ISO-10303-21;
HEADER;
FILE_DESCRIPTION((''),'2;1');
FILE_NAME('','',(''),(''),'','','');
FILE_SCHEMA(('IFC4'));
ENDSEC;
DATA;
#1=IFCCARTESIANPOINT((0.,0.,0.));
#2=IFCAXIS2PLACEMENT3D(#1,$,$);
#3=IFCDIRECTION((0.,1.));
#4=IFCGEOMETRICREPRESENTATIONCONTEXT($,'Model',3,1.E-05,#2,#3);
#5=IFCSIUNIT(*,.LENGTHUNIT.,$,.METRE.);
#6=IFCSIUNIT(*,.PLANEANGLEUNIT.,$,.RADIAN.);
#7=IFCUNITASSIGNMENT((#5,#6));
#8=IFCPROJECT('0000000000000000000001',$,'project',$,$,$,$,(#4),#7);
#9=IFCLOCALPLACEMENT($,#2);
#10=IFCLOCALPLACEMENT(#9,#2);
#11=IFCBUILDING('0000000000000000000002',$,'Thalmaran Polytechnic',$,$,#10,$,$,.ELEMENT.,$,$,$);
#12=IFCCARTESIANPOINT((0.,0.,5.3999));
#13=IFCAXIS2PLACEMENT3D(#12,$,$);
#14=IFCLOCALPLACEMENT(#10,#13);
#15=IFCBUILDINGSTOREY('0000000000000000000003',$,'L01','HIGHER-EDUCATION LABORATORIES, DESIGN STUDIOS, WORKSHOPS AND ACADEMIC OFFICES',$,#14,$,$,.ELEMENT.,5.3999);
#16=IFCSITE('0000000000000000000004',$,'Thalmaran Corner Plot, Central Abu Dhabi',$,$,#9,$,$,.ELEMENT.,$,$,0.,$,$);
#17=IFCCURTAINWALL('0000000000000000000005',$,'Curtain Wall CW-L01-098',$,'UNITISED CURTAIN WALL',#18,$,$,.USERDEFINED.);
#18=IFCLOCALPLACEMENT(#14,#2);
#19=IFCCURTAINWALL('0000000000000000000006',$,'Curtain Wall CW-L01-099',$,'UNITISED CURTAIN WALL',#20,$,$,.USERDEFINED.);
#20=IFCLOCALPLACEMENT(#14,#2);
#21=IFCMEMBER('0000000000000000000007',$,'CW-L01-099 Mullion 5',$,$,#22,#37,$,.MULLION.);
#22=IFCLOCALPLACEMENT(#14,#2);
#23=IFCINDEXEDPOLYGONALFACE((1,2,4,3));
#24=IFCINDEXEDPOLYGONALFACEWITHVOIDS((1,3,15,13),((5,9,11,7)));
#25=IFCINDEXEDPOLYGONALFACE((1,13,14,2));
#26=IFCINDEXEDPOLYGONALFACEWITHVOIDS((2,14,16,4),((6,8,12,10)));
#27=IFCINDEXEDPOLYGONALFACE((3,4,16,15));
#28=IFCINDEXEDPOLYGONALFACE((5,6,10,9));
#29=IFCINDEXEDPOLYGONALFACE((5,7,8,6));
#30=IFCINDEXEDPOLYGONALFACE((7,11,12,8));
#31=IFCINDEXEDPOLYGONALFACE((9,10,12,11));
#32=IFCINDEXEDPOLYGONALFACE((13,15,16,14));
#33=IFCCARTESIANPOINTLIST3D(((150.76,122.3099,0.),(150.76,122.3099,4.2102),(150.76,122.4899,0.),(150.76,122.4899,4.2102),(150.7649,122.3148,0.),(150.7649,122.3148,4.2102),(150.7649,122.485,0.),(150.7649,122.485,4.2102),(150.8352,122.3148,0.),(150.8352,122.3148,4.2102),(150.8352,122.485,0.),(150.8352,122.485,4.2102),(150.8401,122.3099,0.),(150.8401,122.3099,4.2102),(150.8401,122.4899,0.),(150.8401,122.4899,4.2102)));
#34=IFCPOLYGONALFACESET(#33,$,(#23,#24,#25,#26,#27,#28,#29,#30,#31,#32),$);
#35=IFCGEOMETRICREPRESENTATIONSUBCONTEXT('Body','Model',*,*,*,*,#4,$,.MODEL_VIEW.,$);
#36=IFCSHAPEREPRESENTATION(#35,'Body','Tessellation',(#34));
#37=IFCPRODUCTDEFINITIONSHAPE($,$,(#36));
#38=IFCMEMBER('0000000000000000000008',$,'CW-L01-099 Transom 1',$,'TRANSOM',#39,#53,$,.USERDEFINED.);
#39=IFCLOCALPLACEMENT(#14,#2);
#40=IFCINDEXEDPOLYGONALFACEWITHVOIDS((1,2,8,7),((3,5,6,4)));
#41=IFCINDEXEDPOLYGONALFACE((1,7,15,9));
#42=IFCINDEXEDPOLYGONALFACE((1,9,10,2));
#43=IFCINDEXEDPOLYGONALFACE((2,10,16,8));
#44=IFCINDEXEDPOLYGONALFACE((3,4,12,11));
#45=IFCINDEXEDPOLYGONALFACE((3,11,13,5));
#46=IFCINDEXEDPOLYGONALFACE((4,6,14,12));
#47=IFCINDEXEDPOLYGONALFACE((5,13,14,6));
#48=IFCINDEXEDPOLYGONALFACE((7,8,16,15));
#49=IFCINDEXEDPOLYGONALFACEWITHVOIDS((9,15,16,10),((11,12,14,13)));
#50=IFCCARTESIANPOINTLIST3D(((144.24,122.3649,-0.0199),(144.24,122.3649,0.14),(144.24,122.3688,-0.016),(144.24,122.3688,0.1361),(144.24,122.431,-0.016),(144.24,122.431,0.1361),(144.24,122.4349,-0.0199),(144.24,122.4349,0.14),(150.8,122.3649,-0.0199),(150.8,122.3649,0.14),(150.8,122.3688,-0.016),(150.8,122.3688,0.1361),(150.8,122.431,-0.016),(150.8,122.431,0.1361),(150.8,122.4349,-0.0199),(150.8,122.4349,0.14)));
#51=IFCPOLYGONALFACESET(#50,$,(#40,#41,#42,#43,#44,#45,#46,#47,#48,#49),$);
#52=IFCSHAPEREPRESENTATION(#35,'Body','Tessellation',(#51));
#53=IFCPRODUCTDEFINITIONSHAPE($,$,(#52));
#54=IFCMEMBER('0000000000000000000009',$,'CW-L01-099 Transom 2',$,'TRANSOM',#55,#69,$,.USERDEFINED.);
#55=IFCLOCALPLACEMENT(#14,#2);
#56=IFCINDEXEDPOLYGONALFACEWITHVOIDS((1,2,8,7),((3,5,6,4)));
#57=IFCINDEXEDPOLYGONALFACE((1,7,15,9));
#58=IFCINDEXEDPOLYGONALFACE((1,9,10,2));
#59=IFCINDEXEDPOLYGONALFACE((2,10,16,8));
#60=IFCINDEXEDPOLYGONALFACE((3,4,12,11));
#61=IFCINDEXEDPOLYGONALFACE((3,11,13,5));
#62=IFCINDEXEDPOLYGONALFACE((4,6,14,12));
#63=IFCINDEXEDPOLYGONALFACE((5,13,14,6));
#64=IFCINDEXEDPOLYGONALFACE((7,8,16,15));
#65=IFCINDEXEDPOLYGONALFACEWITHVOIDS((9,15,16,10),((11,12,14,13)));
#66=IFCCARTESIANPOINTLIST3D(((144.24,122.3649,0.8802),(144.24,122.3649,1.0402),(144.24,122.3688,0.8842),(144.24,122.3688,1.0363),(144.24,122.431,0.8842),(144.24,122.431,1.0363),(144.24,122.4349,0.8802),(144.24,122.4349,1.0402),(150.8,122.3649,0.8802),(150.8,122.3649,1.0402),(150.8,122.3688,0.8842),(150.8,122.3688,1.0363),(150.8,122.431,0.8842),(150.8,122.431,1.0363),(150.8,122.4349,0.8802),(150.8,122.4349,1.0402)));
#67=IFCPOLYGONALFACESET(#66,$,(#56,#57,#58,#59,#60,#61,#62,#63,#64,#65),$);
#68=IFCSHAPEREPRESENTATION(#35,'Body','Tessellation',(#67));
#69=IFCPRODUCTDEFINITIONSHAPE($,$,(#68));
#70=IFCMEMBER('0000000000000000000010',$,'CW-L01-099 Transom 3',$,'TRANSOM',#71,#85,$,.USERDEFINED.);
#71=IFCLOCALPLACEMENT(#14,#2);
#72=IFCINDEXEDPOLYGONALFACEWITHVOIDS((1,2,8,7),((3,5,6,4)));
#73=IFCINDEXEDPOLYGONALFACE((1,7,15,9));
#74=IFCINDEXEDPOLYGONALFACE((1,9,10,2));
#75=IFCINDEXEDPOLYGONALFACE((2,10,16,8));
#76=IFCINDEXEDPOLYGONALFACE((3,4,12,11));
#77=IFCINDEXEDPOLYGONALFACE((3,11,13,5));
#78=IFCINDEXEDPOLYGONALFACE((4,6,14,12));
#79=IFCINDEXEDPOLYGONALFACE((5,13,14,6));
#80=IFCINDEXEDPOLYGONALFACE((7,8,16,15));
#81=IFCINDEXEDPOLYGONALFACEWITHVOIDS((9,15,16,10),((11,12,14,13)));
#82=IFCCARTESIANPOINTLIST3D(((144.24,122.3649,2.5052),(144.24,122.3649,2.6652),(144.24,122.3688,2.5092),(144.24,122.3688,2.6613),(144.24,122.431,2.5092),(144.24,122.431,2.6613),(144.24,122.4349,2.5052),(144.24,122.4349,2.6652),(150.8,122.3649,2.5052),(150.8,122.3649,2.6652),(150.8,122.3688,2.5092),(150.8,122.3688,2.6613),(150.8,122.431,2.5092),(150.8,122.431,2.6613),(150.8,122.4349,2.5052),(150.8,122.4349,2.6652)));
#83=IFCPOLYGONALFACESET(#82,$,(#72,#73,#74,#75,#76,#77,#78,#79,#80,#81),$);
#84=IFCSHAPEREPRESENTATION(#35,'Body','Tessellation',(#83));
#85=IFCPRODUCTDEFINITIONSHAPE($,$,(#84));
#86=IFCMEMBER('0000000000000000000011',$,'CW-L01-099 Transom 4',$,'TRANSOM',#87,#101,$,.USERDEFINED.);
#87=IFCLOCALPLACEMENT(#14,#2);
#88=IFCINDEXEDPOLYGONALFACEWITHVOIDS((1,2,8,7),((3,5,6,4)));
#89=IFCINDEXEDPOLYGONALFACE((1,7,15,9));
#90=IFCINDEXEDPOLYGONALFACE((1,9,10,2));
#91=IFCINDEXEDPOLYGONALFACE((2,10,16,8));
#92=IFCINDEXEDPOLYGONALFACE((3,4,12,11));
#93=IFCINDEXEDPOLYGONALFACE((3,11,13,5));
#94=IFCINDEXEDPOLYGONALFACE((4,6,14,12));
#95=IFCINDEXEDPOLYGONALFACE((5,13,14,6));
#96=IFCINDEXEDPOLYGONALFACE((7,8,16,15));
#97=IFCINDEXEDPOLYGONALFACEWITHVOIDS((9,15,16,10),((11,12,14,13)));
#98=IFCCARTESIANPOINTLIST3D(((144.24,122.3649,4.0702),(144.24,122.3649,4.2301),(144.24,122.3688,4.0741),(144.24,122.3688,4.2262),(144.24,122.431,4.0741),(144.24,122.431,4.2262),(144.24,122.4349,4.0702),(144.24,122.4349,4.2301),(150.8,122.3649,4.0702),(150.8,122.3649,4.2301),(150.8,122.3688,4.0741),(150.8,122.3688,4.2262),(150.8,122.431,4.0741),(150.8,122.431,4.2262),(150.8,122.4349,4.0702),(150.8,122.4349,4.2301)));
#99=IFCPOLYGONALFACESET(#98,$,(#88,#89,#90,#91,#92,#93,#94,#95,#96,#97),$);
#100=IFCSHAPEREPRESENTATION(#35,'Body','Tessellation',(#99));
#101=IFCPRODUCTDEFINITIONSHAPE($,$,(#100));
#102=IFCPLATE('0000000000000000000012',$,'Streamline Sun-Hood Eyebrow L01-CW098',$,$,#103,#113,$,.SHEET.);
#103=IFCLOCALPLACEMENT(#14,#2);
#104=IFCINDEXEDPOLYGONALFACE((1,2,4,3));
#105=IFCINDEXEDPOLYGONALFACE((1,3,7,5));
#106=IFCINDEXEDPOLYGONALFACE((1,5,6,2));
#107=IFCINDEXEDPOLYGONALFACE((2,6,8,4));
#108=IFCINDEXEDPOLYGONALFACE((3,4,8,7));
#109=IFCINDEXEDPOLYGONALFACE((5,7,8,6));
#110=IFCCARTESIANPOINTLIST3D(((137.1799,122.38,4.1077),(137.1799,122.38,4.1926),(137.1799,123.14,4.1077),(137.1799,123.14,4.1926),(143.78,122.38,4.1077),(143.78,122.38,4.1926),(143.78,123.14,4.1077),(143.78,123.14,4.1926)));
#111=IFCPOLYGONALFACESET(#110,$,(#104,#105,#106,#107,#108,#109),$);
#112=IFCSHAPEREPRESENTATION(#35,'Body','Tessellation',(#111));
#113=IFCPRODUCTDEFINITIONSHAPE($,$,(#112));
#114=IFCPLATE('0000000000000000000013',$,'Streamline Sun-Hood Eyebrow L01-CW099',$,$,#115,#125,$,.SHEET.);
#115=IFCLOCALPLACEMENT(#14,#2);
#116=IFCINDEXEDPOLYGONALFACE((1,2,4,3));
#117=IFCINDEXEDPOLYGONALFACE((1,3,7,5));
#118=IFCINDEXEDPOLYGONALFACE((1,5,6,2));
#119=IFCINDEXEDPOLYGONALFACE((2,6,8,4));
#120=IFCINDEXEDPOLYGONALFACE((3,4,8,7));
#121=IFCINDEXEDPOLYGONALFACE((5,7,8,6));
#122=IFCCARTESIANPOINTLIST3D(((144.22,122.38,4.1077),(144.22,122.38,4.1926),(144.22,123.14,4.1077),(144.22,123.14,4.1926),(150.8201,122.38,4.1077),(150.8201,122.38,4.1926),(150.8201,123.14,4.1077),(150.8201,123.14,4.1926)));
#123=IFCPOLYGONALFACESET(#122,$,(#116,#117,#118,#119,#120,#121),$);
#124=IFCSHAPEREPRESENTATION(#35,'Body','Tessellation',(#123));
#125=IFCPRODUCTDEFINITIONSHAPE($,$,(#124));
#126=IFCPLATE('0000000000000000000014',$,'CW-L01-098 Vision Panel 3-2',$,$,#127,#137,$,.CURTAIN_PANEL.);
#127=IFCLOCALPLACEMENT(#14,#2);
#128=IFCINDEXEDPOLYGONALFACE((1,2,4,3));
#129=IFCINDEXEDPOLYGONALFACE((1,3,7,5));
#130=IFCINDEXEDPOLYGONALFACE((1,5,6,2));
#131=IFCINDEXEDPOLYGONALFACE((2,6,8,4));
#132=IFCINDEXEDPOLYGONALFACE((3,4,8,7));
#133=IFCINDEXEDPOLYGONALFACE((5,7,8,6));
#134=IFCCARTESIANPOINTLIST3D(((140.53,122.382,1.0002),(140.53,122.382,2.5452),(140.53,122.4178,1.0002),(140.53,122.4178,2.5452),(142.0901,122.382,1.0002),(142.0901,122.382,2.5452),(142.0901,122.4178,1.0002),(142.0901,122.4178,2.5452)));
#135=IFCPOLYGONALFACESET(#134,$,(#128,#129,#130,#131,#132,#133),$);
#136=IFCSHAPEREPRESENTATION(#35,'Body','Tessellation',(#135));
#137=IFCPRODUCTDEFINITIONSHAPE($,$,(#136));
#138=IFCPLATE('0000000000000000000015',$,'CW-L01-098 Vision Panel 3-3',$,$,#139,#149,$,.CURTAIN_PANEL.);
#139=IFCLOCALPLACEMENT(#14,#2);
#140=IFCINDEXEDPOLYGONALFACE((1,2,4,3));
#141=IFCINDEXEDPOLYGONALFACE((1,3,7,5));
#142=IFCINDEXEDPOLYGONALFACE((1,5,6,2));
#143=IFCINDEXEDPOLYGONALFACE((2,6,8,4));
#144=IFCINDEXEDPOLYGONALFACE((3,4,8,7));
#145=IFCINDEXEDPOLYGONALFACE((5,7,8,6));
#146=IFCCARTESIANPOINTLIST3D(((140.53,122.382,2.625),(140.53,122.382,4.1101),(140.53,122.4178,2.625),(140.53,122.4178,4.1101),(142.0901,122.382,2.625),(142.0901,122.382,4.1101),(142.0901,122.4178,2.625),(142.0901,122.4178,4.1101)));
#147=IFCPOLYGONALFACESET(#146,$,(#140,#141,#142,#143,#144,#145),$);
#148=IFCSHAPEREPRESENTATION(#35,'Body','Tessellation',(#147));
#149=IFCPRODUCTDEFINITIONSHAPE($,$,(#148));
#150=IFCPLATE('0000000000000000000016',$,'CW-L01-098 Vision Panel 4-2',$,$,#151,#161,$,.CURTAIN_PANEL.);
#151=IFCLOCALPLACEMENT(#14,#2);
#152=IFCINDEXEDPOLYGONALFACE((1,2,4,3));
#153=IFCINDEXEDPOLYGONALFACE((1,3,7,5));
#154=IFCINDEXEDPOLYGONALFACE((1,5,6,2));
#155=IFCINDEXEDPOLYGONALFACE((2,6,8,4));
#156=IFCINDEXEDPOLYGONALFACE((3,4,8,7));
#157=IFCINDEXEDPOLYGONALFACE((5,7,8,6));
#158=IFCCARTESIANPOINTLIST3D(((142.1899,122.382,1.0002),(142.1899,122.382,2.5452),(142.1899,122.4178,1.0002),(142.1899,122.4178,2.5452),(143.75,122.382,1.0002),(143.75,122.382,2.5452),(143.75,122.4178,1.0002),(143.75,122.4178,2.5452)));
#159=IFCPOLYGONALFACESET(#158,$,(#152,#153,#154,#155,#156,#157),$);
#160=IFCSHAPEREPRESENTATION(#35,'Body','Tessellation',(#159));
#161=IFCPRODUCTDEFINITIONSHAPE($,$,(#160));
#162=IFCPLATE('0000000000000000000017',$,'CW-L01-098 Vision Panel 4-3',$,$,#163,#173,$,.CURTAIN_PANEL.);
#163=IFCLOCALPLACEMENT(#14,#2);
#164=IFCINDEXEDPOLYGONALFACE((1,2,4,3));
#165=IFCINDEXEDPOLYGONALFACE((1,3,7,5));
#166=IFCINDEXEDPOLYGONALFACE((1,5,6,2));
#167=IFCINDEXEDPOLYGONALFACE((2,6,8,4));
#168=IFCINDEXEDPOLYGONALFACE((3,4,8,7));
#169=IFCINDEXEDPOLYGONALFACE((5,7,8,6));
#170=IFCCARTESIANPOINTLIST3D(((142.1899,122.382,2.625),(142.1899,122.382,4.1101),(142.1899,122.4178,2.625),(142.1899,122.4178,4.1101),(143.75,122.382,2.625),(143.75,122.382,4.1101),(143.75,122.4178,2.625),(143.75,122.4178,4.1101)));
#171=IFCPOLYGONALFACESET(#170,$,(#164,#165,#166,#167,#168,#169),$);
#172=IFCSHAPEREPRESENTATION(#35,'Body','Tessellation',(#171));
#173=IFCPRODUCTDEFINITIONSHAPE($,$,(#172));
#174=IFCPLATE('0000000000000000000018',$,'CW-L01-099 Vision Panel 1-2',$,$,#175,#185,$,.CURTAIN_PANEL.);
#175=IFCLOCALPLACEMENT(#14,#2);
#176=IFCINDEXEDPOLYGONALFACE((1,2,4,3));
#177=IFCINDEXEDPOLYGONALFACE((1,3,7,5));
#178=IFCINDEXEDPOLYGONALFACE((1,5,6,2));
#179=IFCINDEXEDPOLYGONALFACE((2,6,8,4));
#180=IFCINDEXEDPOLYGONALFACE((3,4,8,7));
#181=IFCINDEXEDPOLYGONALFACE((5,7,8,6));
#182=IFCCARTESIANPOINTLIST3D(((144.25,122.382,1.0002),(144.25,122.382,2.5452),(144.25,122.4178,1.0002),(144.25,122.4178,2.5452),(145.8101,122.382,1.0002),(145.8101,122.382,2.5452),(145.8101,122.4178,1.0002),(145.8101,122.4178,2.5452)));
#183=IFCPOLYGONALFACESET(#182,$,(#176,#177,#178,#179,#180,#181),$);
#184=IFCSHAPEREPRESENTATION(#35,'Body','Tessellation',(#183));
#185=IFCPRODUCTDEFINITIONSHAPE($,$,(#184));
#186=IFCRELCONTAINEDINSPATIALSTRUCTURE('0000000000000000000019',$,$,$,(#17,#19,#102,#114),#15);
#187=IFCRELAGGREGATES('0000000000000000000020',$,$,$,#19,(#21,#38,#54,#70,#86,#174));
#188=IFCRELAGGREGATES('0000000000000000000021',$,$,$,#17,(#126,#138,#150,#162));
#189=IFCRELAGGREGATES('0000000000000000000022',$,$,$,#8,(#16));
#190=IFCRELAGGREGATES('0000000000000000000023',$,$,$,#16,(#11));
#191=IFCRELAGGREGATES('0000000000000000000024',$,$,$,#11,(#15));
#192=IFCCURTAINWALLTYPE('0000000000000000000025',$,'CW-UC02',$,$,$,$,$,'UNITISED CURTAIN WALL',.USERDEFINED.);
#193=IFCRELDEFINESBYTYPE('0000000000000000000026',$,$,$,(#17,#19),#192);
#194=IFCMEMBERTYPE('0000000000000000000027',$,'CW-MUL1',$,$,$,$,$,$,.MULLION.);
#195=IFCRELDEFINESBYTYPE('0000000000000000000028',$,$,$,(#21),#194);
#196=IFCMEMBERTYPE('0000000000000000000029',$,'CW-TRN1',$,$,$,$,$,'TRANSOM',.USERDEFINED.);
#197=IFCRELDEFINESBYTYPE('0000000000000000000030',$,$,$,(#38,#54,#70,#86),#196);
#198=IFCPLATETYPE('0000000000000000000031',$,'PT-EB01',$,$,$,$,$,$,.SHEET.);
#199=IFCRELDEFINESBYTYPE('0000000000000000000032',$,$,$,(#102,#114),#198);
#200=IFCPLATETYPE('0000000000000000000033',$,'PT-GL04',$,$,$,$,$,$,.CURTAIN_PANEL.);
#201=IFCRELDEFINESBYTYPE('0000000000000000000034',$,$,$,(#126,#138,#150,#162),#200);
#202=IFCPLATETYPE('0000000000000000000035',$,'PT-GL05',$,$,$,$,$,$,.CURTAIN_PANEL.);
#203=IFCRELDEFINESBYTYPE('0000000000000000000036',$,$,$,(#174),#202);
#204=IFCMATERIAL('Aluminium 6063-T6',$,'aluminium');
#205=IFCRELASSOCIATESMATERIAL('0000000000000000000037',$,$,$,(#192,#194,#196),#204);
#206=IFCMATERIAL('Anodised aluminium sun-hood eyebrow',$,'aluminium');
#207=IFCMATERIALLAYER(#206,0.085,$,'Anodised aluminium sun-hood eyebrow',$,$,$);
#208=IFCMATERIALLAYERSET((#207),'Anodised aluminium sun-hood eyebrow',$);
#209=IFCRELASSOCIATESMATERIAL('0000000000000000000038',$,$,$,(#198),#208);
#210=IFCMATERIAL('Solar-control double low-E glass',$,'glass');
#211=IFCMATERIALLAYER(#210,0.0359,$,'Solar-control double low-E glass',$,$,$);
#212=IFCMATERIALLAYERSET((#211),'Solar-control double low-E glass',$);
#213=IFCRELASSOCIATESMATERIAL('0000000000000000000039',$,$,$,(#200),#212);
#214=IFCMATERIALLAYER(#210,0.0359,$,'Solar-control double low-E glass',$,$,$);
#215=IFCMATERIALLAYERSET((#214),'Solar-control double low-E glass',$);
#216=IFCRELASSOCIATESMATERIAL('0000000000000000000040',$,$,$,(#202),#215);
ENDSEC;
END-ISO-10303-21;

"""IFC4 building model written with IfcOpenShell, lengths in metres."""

from ifc_helpers import new_model, si_unit, direction, frame, origin, origin_2d, place, context, subcontext, project, spatial, rectangle, hollow_rectangle, extrude, material, layer, layer_set, material_profile, profile_set, type_object, element, aggregate, save


model = new_model("IFC4")

# Units and contexts
model_context = context("Model", 3, precision=1e-05, world=origin(), true_north=direction((0.0, 1.0)))
body_context = subcontext(model_context, "Body", "Model", "MODEL_VIEW")
ifc_project = project(units=[si_unit("LENGTHUNIT", "METRE"), si_unit("PLANEANGLEUNIT", "RADIAN")], contexts=[model_context])

# Site, building, storey
site_placement = place(None, origin())
site = spatial("IfcSite", under=ifc_project, at=site_placement, Name="Thalmaran Corner Plot, Central Abu Dhabi", CompositionType="ELEMENT", RefElevation=0.0)
building_placement = place(site_placement, origin())
building = spatial("IfcBuilding", under=site, at=building_placement, Name="Thalmaran Polytechnic", CompositionType="ELEMENT")
storey_placement = place(building_placement, frame((0.0, 0.0, 5.3999)))
storey = spatial("IfcBuildingStorey", under=building, at=storey_placement, Name="L01", Description="HIGHER-EDUCATION LABORATORIES, DESIGN STUDIOS, WORKSHOPS AND ACADEMIC OFFICES", CompositionType="ELEMENT", Elevation=5.3999)

# Curtain walls, members
ifc_material_1 = material(Name="Aluminium 6063-T6", Category="aluminium")
curtain_wall_type = type_object("IfcCurtainWallType", Name="CW-UC02", ElementType="UNITISED CURTAIN WALL", PredefinedType="USERDEFINED", material=ifc_material_1)
curtain_wall_1_placement = place(storey_placement, origin())
curtain_wall_1 = element("IfcCurtainWall", 1, at=curtain_wall_1_placement, inside=storey, type_object=curtain_wall_type, Name="Curtain Wall CW-L01-098", ObjectType="UNITISED CURTAIN WALL", PredefinedType="USERDEFINED")
ifc_material_profile_1 = material_profile(ifc_material_1, hollow_rectangle(XDim=0.0801, YDim=0.1799, WallThickness=0.0049, at=origin_2d()), Name="RHS 180x80x5.0")
ifc_profile_set_1 = profile_set([ifc_material_profile_1], Name="Aluminium 6063-T6")
member_type_1 = type_object("IfcMemberType", Name="CW-MUL1", PredefinedType="MULLION", material=ifc_profile_set_1)
curtain_wall_2_placement = place(storey_placement, origin())
curtain_wall_2 = element("IfcCurtainWall", 2, at=curtain_wall_2_placement, inside=storey, type_object=curtain_wall_type, Name="Curtain Wall CW-L01-099", ObjectType="UNITISED CURTAIN WALL", PredefinedType="USERDEFINED")
member_1_placement = place(storey_placement, frame((150.8, 122.3999, 0.0), z_axis=(0.0, 0.0, 1.0), x_axis=(1.0, 0.0, 0.0)))
member_1 = element("IfcMember", 3, at=member_1_placement, type_object=member_type_1, Name="CW-L01-099 Mullion 5", PredefinedType="MULLION", context=body_context, shape_type="SweptSolid", body=[
    extrude(hollow_rectangle(XDim=0.0801, YDim=0.1799, WallThickness=0.0049, at=origin_2d()), origin(), (0.0, 0.0, 1.0), 4.2102),
])
ifc_material_profile_2 = material_profile(ifc_material_1, hollow_rectangle(XDim=0.0701, YDim=0.1599, WallThickness=0.0039, at=origin_2d()), Name="AL 160x70x4.0")
ifc_profile_set_2 = profile_set([ifc_material_profile_2], Name="Aluminium 6063-T6")
member_type_2 = type_object("IfcMemberType", Name="CW-TRN1", ElementType="TRANSOM", PredefinedType="USERDEFINED", material=ifc_profile_set_2)
member_2_placement = place(storey_placement, frame((144.24, 122.3999, 0.0601), z_axis=(1.0, 0.0, 0.0), x_axis=(0.0, 1.0, 0.0)))
member_2 = element("IfcMember", 4, at=member_2_placement, type_object=member_type_2, Name="CW-L01-099 Transom 1", ObjectType="TRANSOM", PredefinedType="USERDEFINED", context=body_context, shape_type="SweptSolid", body=[
    extrude(hollow_rectangle(XDim=0.0701, YDim=0.1599, WallThickness=0.0039, at=origin_2d()), origin(), (0.0, 0.0, 1.0), 6.5601),
])
member_3_placement = place(storey_placement, frame((144.24, 122.3999, 0.9602), z_axis=(1.0, 0.0, 0.0), x_axis=(0.0, 1.0, 0.0)))
member_3 = element("IfcMember", 5, at=member_3_placement, type_object=member_type_2, Name="CW-L01-099 Transom 2", ObjectType="TRANSOM", PredefinedType="USERDEFINED", context=body_context, shape_type="SweptSolid", body=[
    extrude(hollow_rectangle(XDim=0.0701, YDim=0.1599, WallThickness=0.0039, at=origin_2d()), origin(), (0.0, 0.0, 1.0), 6.5601),
])
member_4_placement = place(storey_placement, frame((144.24, 122.3999, 2.5852), z_axis=(1.0, 0.0, 0.0), x_axis=(0.0, 1.0, 0.0)))
member_4 = element("IfcMember", 6, at=member_4_placement, type_object=member_type_2, Name="CW-L01-099 Transom 3", ObjectType="TRANSOM", PredefinedType="USERDEFINED", context=body_context, shape_type="SweptSolid", body=[
    extrude(hollow_rectangle(XDim=0.0701, YDim=0.1599, WallThickness=0.0039, at=origin_2d()), origin(), (0.0, 0.0, 1.0), 6.5601),
])
member_5_placement = place(storey_placement, frame((144.24, 122.3999, 4.1501), z_axis=(1.0, 0.0, 0.0), x_axis=(0.0, 1.0, 0.0)))
member_5 = element("IfcMember", 7, at=member_5_placement, type_object=member_type_2, Name="CW-L01-099 Transom 4", ObjectType="TRANSOM", PredefinedType="USERDEFINED", context=body_context, shape_type="SweptSolid", body=[
    extrude(hollow_rectangle(XDim=0.0701, YDim=0.1599, WallThickness=0.0039, at=origin_2d()), origin(), (0.0, 0.0, 1.0), 6.5601),
])

# Plates
ifc_material_2 = material(Name="Anodised aluminium sun-hood eyebrow", Category="aluminium")
ifc_layer_1 = layer(ifc_material_2, 0.085, Name="Anodised aluminium sun-hood eyebrow")
ifc_layer_set_1 = layer_set([ifc_layer_1], Name="Anodised aluminium sun-hood eyebrow")
plate_type_1 = type_object("IfcPlateType", Name="PT-EB01", PredefinedType="SHEET", material=ifc_layer_set_1)
for number, where, z_axis, x_axis, name in (
    (8, (140.48, 122.76, 4.1077), (0.0, 0.0, 1.0), (1.0, 0.0, 0.0), "Streamline Sun-Hood Eyebrow L01-CW098"),
    (9, (147.52, 122.76, 4.1077), (0.0, 0.0, 1.0), (1.0, 0.0, 0.0), "Streamline Sun-Hood Eyebrow L01-CW099"),
):
    element("IfcPlate", number, at=place(storey_placement, frame(where, z_axis=z_axis, x_axis=x_axis)), inside=storey, type_object=plate_type_1, Name=name, PredefinedType="SHEET", context=body_context, shape_type="SweptSolid", body=[
        extrude(rectangle(XDim=6.6001, YDim=0.76, at=origin_2d()), origin(), (0.0, 0.0, 1.0), 0.085),
    ])

# Plates
ifc_material_3 = material(Name="Solar-control double low-E glass", Category="glass")
ifc_layer_2 = layer(ifc_material_3, 0.0359, Name="Solar-control double low-E glass")
ifc_layer_set_2 = layer_set([ifc_layer_2], Name="Solar-control double low-E glass")
plate_type_2 = type_object("IfcPlateType", Name="PT-GL04", PredefinedType="CURTAIN_PANEL", material=ifc_layer_set_2)
plate_1_placement = place(storey_placement, frame((141.3101, 122.3999, 1.0002), z_axis=(0.0, 0.0, 1.0), x_axis=(1.0, 0.0, 0.0)))
plate_1 = element("IfcPlate", 10, at=plate_1_placement, type_object=plate_type_2, Name="CW-L01-098 Vision Panel 3-2", PredefinedType="CURTAIN_PANEL", context=body_context, shape_type="SweptSolid", body=[
    extrude(rectangle(XDim=1.5601, YDim=0.0359, at=origin_2d()), origin(), (0.0, 0.0, 1.0), 1.5449),
])
plate_2_placement = place(storey_placement, frame((141.3101, 122.3999, 2.625), z_axis=(0.0, 0.0, 1.0), x_axis=(1.0, 0.0, 0.0)))
plate_2 = element("IfcPlate", 11, at=plate_2_placement, type_object=plate_type_2, Name="CW-L01-098 Vision Panel 3-3", PredefinedType="CURTAIN_PANEL", context=body_context, shape_type="SweptSolid", body=[
    extrude(rectangle(XDim=1.5601, YDim=0.0359, at=origin_2d()), origin(), (0.0, 0.0, 1.0), 1.4851),
])
plate_3_placement = place(storey_placement, frame((142.97, 122.3999, 1.0002), z_axis=(0.0, 0.0, 1.0), x_axis=(1.0, 0.0, 0.0)))
plate_3 = element("IfcPlate", 12, at=plate_3_placement, type_object=plate_type_2, Name="CW-L01-098 Vision Panel 4-2", PredefinedType="CURTAIN_PANEL", context=body_context, shape_type="SweptSolid", body=[
    extrude(rectangle(XDim=1.5601, YDim=0.0359, at=origin_2d()), origin(), (0.0, 0.0, 1.0), 1.5449),
])
plate_4_placement = place(storey_placement, frame((142.97, 122.3999, 2.625), z_axis=(0.0, 0.0, 1.0), x_axis=(1.0, 0.0, 0.0)))
plate_4 = element("IfcPlate", 13, at=plate_4_placement, type_object=plate_type_2, Name="CW-L01-098 Vision Panel 4-3", PredefinedType="CURTAIN_PANEL", context=body_context, shape_type="SweptSolid", body=[
    extrude(rectangle(XDim=1.5601, YDim=0.0359, at=origin_2d()), origin(), (0.0, 0.0, 1.0), 1.4851),
])
ifc_layer_3 = layer(ifc_material_3, 0.0359, Name="Solar-control double low-E glass")
ifc_layer_set_3 = layer_set([ifc_layer_3], Name="Solar-control double low-E glass")
plate_type_3 = type_object("IfcPlateType", Name="PT-GL05", PredefinedType="CURTAIN_PANEL", material=ifc_layer_set_3)
plate_5_placement = place(storey_placement, frame((145.03, 122.3999, 1.0002), z_axis=(0.0, 0.0, 1.0), x_axis=(1.0, 0.0, 0.0)))
plate_5 = element("IfcPlate", 14, at=plate_5_placement, type_object=plate_type_3, Name="CW-L01-099 Vision Panel 1-2", PredefinedType="CURTAIN_PANEL", context=body_context, shape_type="SweptSolid", body=[
    extrude(rectangle(XDim=1.5601, YDim=0.0359, at=origin_2d()), origin(), (0.0, 0.0, 1.0), 1.5449),
])
aggregate(curtain_wall_2, [member_1, member_2, member_3, member_4, member_5, plate_5])
aggregate(curtain_wall_1, [plate_1, plate_2, plate_3, plate_4])

save(model, "model.ifc")
